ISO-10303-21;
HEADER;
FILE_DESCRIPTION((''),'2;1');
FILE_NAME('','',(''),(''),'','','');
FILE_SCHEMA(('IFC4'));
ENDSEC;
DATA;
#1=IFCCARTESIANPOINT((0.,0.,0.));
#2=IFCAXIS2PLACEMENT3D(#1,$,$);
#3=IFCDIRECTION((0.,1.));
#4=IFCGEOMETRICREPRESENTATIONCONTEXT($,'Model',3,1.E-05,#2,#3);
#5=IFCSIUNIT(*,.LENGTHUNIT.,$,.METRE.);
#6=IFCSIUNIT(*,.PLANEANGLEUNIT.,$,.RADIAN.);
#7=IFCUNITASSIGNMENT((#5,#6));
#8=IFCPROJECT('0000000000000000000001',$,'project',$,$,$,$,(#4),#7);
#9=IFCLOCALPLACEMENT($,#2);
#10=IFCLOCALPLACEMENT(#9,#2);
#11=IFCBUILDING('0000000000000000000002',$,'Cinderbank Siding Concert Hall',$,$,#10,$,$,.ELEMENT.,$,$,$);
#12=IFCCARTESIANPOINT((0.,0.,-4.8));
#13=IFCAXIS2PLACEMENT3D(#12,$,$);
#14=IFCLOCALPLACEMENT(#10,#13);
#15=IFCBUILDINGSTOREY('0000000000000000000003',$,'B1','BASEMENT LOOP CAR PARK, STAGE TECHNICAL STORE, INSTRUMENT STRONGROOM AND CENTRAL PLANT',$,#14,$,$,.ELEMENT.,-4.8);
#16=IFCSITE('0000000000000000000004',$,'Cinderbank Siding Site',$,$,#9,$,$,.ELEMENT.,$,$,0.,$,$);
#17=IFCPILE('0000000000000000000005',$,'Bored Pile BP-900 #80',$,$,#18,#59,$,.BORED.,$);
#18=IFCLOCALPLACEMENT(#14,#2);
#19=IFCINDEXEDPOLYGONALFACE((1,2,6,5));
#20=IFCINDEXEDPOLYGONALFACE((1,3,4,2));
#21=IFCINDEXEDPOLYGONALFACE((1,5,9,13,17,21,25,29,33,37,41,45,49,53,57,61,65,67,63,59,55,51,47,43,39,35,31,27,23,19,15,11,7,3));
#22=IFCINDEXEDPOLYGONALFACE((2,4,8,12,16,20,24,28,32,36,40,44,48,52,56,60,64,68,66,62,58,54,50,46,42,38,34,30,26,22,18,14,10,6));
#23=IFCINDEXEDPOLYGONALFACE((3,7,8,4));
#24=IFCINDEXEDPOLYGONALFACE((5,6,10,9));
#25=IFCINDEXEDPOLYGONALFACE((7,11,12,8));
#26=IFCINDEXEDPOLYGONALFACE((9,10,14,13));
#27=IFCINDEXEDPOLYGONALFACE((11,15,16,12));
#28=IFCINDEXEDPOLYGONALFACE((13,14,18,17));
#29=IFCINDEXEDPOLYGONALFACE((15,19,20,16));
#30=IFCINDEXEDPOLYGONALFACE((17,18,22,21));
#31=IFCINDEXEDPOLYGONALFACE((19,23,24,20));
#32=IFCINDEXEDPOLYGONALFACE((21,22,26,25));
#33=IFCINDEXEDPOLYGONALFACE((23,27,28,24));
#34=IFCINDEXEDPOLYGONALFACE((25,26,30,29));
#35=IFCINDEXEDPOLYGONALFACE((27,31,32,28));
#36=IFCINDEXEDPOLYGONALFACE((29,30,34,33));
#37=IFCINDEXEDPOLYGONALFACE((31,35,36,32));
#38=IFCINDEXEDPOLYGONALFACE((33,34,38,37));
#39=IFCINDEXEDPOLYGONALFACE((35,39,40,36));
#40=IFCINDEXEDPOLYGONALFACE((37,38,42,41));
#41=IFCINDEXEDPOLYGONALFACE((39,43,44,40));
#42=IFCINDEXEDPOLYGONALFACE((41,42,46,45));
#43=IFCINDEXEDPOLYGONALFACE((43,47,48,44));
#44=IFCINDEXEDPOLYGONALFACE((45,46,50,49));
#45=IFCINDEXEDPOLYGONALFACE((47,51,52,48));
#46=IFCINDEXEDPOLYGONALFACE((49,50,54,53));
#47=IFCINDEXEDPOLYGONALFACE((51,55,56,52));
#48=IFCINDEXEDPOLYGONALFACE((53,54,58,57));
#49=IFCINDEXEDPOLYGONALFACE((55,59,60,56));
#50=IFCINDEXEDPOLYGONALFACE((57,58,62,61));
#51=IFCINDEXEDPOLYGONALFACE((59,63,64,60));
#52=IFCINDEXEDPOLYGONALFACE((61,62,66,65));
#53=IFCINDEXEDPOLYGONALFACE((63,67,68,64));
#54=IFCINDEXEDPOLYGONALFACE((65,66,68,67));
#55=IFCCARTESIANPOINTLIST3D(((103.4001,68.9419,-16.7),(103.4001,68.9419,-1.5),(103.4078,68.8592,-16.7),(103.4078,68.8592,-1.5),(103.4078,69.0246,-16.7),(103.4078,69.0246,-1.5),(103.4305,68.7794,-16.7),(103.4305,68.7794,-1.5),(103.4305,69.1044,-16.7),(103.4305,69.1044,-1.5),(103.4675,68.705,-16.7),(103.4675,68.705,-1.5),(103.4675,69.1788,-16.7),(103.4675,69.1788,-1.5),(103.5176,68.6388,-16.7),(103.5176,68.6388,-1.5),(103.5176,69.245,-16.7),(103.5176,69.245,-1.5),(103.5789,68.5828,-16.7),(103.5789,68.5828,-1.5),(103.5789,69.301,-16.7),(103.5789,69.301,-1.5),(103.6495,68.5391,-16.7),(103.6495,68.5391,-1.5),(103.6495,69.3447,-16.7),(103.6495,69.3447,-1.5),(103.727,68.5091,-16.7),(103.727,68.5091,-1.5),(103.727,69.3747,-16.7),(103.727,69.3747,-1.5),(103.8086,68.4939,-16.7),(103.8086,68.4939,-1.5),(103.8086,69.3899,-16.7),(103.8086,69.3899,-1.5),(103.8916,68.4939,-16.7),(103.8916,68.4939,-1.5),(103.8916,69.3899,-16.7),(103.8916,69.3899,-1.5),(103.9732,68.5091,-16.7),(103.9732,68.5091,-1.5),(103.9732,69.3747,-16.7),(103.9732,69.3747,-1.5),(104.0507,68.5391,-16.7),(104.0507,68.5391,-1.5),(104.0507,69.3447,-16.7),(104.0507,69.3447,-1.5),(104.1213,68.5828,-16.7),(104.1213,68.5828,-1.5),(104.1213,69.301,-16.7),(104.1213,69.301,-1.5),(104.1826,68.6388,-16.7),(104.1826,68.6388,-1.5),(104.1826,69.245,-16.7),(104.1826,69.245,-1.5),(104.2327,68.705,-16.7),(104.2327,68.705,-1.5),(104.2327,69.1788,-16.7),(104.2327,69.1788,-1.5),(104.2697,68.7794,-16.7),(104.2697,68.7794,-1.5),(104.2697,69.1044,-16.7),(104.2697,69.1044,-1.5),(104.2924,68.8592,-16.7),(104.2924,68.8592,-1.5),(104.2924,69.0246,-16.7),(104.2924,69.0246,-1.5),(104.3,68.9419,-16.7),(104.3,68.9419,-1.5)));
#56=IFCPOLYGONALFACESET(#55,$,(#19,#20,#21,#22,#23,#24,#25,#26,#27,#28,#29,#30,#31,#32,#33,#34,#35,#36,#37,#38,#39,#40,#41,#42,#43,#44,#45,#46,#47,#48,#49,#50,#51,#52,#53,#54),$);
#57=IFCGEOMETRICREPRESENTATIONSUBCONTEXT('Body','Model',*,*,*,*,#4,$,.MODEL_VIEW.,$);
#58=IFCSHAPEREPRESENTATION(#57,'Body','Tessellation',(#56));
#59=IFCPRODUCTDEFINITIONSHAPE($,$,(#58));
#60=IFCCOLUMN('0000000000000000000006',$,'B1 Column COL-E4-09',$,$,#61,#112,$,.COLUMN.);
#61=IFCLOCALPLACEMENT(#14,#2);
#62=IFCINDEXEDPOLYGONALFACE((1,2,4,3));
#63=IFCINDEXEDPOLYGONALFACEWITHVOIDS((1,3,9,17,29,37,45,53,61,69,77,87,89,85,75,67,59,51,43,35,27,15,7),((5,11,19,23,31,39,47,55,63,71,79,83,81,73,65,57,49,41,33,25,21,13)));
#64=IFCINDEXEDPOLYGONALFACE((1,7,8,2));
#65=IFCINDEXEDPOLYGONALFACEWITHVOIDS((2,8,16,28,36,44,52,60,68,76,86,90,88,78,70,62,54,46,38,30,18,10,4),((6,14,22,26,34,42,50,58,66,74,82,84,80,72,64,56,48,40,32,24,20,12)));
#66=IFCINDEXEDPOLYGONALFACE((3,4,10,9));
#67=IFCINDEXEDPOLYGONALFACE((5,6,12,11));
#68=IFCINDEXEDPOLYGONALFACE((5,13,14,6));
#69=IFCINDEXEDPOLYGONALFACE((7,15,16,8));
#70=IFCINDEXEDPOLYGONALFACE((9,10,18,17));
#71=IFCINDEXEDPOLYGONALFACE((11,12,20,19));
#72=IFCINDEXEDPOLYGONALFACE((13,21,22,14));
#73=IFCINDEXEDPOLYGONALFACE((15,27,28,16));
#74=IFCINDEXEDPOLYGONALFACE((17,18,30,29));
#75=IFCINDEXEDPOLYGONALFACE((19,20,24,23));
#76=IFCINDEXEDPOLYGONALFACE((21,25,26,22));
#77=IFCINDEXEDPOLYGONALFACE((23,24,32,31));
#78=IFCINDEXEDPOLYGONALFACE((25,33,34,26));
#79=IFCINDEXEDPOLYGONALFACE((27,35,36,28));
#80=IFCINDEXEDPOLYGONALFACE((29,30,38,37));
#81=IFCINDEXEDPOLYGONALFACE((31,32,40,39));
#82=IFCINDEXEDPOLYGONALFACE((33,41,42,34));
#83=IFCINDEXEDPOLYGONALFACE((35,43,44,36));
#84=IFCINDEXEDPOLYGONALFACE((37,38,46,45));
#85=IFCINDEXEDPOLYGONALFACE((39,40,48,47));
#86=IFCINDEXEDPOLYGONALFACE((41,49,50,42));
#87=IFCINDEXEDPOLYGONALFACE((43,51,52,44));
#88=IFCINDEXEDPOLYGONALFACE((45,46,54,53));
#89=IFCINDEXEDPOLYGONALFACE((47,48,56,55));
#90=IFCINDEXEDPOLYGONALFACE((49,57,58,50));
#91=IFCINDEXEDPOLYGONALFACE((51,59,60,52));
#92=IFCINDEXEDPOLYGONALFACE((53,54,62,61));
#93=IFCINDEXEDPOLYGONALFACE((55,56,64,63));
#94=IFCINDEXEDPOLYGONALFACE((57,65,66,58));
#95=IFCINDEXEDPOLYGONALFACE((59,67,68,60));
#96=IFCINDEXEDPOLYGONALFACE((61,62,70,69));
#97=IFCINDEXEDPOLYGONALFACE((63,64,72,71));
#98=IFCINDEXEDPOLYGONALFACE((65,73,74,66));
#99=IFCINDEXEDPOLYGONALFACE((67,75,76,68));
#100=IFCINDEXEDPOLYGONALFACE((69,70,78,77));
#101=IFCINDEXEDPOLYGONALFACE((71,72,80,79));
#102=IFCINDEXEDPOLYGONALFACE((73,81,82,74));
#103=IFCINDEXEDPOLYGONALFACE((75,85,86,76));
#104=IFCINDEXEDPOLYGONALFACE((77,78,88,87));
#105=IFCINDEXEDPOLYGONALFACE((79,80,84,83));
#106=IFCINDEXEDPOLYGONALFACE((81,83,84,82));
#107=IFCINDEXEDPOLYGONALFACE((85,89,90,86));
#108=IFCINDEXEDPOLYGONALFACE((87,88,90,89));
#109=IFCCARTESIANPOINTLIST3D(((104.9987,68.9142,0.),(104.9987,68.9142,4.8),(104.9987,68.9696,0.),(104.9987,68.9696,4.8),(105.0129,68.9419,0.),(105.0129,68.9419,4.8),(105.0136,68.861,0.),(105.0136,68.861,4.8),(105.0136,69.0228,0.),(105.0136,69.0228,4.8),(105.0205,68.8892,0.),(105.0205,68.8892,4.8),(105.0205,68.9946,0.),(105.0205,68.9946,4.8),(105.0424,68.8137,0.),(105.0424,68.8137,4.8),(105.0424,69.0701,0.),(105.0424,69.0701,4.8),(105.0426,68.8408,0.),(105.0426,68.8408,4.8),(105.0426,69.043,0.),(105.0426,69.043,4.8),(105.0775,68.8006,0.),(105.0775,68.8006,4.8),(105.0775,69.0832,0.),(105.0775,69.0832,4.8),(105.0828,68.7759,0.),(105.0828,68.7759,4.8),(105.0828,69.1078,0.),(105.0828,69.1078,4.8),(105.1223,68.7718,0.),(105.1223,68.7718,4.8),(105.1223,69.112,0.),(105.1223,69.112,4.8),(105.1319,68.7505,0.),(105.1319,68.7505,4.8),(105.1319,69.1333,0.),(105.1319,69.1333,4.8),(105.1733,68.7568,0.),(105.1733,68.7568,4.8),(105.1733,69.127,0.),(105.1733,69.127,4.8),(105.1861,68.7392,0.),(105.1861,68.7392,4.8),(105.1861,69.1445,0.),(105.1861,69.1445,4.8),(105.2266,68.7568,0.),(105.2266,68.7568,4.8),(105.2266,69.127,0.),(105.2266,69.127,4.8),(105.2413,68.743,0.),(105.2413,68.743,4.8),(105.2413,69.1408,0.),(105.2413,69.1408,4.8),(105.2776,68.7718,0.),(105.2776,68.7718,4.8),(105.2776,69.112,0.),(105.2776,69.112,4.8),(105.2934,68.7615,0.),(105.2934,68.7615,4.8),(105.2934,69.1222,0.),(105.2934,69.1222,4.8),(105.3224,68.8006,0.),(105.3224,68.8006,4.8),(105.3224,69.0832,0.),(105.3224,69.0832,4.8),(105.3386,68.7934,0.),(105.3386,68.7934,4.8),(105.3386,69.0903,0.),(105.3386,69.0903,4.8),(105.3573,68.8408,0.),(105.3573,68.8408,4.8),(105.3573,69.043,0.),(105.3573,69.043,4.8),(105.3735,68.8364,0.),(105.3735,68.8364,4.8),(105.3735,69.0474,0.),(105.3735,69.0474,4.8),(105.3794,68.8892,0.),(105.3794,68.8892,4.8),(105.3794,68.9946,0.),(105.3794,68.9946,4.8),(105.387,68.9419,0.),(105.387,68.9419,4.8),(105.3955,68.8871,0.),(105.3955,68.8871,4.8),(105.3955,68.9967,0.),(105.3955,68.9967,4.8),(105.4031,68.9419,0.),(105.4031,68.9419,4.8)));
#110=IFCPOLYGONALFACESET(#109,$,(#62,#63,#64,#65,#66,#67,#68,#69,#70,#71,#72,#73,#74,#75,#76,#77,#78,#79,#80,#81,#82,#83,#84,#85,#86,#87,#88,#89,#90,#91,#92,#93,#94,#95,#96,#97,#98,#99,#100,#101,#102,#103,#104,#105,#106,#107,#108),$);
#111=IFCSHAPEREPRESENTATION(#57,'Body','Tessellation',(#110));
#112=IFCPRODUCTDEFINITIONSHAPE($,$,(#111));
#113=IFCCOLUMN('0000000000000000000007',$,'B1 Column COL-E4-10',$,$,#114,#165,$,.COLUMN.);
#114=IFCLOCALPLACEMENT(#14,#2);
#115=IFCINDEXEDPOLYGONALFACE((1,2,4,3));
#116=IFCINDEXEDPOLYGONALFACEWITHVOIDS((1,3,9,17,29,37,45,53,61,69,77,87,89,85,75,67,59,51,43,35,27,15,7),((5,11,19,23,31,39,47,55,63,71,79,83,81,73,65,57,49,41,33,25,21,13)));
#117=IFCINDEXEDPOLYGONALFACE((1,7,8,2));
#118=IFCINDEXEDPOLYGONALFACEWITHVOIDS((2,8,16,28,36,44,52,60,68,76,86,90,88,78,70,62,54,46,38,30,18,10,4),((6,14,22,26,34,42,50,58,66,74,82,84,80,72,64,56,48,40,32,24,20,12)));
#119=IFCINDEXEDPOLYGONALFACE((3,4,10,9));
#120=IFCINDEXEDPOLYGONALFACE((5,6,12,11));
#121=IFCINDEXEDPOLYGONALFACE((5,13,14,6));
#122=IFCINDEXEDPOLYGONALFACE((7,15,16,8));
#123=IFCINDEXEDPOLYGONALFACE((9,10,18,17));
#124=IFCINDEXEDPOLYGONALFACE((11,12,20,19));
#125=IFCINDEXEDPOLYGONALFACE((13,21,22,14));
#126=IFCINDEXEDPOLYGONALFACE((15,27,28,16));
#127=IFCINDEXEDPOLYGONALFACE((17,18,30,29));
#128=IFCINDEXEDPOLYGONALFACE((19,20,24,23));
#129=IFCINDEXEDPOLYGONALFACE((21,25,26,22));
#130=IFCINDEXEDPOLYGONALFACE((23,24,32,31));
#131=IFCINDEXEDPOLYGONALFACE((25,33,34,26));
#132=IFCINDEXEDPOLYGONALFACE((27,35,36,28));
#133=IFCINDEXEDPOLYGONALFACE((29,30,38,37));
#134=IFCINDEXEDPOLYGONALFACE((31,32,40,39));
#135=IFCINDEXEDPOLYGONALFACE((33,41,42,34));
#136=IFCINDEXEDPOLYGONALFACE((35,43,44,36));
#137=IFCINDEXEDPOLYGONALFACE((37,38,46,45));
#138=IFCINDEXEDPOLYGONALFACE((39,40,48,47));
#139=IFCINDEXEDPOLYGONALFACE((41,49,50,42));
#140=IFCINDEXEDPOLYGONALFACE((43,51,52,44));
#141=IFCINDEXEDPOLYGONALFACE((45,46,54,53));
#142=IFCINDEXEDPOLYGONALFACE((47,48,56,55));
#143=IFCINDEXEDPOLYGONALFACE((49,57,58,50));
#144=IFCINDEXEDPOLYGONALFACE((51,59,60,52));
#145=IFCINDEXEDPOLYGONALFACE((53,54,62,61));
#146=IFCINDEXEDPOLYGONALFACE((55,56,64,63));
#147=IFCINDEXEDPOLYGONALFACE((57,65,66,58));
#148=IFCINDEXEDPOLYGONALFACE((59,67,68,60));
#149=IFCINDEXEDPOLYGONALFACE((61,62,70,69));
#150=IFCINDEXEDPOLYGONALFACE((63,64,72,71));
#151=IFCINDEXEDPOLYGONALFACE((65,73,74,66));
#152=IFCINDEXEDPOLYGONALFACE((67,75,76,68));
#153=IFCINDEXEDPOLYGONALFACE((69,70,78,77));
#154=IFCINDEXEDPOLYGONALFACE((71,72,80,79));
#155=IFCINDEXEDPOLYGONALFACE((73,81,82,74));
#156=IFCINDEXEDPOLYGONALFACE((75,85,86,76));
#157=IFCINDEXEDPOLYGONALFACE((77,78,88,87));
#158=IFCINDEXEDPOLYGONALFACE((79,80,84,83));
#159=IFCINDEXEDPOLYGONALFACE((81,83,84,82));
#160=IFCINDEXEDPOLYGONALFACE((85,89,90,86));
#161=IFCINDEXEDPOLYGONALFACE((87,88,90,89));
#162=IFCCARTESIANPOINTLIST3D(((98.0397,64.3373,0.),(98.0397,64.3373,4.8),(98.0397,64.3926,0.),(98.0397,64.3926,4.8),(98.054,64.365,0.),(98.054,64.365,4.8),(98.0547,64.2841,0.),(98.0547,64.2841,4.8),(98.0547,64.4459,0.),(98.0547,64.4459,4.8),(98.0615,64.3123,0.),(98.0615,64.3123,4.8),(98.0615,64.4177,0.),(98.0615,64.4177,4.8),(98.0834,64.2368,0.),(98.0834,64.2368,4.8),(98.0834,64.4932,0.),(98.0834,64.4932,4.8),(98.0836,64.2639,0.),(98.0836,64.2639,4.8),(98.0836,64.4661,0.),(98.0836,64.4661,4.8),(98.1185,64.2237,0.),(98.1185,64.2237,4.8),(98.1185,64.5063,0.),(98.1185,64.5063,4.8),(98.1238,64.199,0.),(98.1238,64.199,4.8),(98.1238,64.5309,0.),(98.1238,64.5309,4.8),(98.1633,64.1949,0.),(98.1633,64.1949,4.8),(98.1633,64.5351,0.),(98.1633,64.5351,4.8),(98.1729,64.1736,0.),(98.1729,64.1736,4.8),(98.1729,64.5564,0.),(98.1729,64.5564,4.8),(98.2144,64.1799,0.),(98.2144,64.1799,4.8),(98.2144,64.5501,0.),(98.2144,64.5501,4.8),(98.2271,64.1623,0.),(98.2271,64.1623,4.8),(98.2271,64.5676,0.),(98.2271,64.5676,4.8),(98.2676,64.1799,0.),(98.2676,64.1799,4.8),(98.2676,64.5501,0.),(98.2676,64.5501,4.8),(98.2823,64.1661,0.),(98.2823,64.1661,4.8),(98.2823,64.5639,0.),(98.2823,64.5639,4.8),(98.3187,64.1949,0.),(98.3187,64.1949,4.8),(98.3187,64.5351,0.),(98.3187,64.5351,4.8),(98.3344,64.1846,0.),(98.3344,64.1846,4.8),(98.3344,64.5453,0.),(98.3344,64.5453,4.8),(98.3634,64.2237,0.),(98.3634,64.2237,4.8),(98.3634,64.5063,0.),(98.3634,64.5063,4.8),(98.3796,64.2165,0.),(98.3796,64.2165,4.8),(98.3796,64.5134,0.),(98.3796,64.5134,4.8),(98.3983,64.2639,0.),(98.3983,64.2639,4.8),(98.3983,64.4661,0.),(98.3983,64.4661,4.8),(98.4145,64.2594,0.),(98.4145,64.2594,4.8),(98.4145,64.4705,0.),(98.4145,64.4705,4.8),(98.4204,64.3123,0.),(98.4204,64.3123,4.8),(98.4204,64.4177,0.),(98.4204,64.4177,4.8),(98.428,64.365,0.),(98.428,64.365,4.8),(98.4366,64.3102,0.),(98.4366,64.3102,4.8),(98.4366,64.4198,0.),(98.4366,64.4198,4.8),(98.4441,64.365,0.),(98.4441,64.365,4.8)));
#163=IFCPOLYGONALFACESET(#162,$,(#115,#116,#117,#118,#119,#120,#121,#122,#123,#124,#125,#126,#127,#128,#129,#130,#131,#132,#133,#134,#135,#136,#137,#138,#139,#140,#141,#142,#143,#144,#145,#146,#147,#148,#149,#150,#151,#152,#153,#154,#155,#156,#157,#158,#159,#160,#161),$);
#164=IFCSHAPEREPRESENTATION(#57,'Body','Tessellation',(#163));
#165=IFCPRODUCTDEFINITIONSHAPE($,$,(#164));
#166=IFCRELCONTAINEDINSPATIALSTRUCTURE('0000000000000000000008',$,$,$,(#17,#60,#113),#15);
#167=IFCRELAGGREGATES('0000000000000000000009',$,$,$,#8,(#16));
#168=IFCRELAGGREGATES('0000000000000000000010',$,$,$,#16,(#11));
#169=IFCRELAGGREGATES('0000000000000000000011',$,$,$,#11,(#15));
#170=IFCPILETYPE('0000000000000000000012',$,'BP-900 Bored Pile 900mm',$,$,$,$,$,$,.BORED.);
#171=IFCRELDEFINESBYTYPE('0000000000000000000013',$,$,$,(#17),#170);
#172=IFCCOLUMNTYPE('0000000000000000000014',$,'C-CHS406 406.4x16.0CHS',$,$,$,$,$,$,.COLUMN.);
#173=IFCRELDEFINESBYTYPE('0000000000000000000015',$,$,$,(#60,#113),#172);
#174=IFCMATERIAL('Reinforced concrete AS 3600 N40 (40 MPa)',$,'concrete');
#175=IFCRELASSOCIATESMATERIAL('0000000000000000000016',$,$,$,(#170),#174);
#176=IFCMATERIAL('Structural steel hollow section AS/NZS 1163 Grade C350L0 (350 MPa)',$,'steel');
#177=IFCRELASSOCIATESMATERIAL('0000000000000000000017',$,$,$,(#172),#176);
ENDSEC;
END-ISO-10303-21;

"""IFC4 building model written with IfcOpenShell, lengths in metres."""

from ifc_helpers import new_model, si_unit, direction, frame, origin, origin_2d, place, context, subcontext, project, spatial, circle, hollow_circle, extrude, material, material_profile, profile_set, type_object, element, save


model = new_model("IFC4")

# Units and contexts
model_context = context("Model", 3, precision=1e-05, world=origin(), true_north=direction((0.0, 1.0)))
body_context = subcontext(model_context, "Body", "Model", "MODEL_VIEW")
ifc_project = project(units=[si_unit("LENGTHUNIT", "METRE"), si_unit("PLANEANGLEUNIT", "RADIAN")], contexts=[model_context])

# Site, building, storey
site_placement = place(None, origin())
site = spatial("IfcSite", under=ifc_project, at=site_placement, Name="Cinderbank Siding Site", CompositionType="ELEMENT", RefElevation=0.0)
building_placement = place(site_placement, origin())
building = spatial("IfcBuilding", under=site, at=building_placement, Name="Cinderbank Siding Concert Hall", CompositionType="ELEMENT")
storey_placement = place(building_placement, frame((0.0, 0.0, -4.8)))
storey = spatial("IfcBuildingStorey", under=building, at=storey_placement, Name="B1", Description="BASEMENT LOOP CAR PARK, STAGE TECHNICAL STORE, INSTRUMENT STRONGROOM AND CENTRAL PLANT", CompositionType="ELEMENT", Elevation=-4.8)

# Pile
ifc_material_1 = material(Name="Reinforced concrete AS 3600 N40 (40 MPa)", Category="concrete")
ifc_material_profile_1 = material_profile(ifc_material_1, circle(Radius=0.45, at=origin_2d()), Name="PILE-900DIA", Category="LoadBearing")
ifc_profile_set_1 = profile_set([ifc_material_profile_1], Name="Reinforced concrete AS 3600 N40 (40 MPa)")
pile_type_1 = type_object("IfcPileType", Name="BP-900 Bored Pile 900mm", PredefinedType="BORED", material=ifc_profile_set_1)
for number, where, z_axis, x_axis, name in (
    (1, (103.8501, 68.9419, -1.5), (0.0, 0.0, -1.0), (1.0, 0.0, 0.0), "Bored Pile BP-900 #80"),
):
    element("IfcPile", number, at=place(storey_placement, frame(where, z_axis=z_axis, x_axis=x_axis)), inside=storey, type_object=pile_type_1, Name=name, PredefinedType="BORED", context=body_context, shape_type="SweptSolid", body=[
        extrude(circle(Radius=0.45, at=origin_2d()), origin(), (0.0, 0.0, 1.0), 15.2),
    ])

# Columns
ifc_material_2 = material(Name="Structural steel hollow section AS/NZS 1163 Grade C350L0 (350 MPa)", Category="steel")
ifc_material_profile_2 = material_profile(ifc_material_2, hollow_circle(Radius=0.2031, WallThickness=0.0161, at=origin_2d()), Name="406.4x16.0CHS", Category="LoadBearing")
ifc_profile_set_2 = profile_set([ifc_material_profile_2], Name="Structural steel hollow section AS/NZS 1163 Grade C350L0 (350 MPa)")
column_type_1 = type_object("IfcColumnType", Name="C-CHS406 406.4x16.0CHS", PredefinedType="COLUMN", material=ifc_profile_set_2)
for number, where, z_axis, x_axis, name in (
    (2, (105.2, 68.9419, 0.0), (0.0, 0.0, 1.0), (1.0, 0.0, 0.0), "B1 Column COL-E4-09"),
    (3, (98.241, 64.365, 0.0), (0.0, 0.0, 1.0), (1.0, 0.0, 0.0), "B1 Column COL-E4-10"),
):
    element("IfcColumn", number, at=place(storey_placement, frame(where, z_axis=z_axis, x_axis=x_axis)), inside=storey, type_object=column_type_1, Name=name, PredefinedType="COLUMN", context=body_context, shape_type="SweptSolid", body=[
        extrude(hollow_circle(Radius=0.2031, WallThickness=0.0161, at=origin_2d()), origin(), (0.0, 0.0, 1.0), 4.8),
    ])

save(model, "model.ifc")
